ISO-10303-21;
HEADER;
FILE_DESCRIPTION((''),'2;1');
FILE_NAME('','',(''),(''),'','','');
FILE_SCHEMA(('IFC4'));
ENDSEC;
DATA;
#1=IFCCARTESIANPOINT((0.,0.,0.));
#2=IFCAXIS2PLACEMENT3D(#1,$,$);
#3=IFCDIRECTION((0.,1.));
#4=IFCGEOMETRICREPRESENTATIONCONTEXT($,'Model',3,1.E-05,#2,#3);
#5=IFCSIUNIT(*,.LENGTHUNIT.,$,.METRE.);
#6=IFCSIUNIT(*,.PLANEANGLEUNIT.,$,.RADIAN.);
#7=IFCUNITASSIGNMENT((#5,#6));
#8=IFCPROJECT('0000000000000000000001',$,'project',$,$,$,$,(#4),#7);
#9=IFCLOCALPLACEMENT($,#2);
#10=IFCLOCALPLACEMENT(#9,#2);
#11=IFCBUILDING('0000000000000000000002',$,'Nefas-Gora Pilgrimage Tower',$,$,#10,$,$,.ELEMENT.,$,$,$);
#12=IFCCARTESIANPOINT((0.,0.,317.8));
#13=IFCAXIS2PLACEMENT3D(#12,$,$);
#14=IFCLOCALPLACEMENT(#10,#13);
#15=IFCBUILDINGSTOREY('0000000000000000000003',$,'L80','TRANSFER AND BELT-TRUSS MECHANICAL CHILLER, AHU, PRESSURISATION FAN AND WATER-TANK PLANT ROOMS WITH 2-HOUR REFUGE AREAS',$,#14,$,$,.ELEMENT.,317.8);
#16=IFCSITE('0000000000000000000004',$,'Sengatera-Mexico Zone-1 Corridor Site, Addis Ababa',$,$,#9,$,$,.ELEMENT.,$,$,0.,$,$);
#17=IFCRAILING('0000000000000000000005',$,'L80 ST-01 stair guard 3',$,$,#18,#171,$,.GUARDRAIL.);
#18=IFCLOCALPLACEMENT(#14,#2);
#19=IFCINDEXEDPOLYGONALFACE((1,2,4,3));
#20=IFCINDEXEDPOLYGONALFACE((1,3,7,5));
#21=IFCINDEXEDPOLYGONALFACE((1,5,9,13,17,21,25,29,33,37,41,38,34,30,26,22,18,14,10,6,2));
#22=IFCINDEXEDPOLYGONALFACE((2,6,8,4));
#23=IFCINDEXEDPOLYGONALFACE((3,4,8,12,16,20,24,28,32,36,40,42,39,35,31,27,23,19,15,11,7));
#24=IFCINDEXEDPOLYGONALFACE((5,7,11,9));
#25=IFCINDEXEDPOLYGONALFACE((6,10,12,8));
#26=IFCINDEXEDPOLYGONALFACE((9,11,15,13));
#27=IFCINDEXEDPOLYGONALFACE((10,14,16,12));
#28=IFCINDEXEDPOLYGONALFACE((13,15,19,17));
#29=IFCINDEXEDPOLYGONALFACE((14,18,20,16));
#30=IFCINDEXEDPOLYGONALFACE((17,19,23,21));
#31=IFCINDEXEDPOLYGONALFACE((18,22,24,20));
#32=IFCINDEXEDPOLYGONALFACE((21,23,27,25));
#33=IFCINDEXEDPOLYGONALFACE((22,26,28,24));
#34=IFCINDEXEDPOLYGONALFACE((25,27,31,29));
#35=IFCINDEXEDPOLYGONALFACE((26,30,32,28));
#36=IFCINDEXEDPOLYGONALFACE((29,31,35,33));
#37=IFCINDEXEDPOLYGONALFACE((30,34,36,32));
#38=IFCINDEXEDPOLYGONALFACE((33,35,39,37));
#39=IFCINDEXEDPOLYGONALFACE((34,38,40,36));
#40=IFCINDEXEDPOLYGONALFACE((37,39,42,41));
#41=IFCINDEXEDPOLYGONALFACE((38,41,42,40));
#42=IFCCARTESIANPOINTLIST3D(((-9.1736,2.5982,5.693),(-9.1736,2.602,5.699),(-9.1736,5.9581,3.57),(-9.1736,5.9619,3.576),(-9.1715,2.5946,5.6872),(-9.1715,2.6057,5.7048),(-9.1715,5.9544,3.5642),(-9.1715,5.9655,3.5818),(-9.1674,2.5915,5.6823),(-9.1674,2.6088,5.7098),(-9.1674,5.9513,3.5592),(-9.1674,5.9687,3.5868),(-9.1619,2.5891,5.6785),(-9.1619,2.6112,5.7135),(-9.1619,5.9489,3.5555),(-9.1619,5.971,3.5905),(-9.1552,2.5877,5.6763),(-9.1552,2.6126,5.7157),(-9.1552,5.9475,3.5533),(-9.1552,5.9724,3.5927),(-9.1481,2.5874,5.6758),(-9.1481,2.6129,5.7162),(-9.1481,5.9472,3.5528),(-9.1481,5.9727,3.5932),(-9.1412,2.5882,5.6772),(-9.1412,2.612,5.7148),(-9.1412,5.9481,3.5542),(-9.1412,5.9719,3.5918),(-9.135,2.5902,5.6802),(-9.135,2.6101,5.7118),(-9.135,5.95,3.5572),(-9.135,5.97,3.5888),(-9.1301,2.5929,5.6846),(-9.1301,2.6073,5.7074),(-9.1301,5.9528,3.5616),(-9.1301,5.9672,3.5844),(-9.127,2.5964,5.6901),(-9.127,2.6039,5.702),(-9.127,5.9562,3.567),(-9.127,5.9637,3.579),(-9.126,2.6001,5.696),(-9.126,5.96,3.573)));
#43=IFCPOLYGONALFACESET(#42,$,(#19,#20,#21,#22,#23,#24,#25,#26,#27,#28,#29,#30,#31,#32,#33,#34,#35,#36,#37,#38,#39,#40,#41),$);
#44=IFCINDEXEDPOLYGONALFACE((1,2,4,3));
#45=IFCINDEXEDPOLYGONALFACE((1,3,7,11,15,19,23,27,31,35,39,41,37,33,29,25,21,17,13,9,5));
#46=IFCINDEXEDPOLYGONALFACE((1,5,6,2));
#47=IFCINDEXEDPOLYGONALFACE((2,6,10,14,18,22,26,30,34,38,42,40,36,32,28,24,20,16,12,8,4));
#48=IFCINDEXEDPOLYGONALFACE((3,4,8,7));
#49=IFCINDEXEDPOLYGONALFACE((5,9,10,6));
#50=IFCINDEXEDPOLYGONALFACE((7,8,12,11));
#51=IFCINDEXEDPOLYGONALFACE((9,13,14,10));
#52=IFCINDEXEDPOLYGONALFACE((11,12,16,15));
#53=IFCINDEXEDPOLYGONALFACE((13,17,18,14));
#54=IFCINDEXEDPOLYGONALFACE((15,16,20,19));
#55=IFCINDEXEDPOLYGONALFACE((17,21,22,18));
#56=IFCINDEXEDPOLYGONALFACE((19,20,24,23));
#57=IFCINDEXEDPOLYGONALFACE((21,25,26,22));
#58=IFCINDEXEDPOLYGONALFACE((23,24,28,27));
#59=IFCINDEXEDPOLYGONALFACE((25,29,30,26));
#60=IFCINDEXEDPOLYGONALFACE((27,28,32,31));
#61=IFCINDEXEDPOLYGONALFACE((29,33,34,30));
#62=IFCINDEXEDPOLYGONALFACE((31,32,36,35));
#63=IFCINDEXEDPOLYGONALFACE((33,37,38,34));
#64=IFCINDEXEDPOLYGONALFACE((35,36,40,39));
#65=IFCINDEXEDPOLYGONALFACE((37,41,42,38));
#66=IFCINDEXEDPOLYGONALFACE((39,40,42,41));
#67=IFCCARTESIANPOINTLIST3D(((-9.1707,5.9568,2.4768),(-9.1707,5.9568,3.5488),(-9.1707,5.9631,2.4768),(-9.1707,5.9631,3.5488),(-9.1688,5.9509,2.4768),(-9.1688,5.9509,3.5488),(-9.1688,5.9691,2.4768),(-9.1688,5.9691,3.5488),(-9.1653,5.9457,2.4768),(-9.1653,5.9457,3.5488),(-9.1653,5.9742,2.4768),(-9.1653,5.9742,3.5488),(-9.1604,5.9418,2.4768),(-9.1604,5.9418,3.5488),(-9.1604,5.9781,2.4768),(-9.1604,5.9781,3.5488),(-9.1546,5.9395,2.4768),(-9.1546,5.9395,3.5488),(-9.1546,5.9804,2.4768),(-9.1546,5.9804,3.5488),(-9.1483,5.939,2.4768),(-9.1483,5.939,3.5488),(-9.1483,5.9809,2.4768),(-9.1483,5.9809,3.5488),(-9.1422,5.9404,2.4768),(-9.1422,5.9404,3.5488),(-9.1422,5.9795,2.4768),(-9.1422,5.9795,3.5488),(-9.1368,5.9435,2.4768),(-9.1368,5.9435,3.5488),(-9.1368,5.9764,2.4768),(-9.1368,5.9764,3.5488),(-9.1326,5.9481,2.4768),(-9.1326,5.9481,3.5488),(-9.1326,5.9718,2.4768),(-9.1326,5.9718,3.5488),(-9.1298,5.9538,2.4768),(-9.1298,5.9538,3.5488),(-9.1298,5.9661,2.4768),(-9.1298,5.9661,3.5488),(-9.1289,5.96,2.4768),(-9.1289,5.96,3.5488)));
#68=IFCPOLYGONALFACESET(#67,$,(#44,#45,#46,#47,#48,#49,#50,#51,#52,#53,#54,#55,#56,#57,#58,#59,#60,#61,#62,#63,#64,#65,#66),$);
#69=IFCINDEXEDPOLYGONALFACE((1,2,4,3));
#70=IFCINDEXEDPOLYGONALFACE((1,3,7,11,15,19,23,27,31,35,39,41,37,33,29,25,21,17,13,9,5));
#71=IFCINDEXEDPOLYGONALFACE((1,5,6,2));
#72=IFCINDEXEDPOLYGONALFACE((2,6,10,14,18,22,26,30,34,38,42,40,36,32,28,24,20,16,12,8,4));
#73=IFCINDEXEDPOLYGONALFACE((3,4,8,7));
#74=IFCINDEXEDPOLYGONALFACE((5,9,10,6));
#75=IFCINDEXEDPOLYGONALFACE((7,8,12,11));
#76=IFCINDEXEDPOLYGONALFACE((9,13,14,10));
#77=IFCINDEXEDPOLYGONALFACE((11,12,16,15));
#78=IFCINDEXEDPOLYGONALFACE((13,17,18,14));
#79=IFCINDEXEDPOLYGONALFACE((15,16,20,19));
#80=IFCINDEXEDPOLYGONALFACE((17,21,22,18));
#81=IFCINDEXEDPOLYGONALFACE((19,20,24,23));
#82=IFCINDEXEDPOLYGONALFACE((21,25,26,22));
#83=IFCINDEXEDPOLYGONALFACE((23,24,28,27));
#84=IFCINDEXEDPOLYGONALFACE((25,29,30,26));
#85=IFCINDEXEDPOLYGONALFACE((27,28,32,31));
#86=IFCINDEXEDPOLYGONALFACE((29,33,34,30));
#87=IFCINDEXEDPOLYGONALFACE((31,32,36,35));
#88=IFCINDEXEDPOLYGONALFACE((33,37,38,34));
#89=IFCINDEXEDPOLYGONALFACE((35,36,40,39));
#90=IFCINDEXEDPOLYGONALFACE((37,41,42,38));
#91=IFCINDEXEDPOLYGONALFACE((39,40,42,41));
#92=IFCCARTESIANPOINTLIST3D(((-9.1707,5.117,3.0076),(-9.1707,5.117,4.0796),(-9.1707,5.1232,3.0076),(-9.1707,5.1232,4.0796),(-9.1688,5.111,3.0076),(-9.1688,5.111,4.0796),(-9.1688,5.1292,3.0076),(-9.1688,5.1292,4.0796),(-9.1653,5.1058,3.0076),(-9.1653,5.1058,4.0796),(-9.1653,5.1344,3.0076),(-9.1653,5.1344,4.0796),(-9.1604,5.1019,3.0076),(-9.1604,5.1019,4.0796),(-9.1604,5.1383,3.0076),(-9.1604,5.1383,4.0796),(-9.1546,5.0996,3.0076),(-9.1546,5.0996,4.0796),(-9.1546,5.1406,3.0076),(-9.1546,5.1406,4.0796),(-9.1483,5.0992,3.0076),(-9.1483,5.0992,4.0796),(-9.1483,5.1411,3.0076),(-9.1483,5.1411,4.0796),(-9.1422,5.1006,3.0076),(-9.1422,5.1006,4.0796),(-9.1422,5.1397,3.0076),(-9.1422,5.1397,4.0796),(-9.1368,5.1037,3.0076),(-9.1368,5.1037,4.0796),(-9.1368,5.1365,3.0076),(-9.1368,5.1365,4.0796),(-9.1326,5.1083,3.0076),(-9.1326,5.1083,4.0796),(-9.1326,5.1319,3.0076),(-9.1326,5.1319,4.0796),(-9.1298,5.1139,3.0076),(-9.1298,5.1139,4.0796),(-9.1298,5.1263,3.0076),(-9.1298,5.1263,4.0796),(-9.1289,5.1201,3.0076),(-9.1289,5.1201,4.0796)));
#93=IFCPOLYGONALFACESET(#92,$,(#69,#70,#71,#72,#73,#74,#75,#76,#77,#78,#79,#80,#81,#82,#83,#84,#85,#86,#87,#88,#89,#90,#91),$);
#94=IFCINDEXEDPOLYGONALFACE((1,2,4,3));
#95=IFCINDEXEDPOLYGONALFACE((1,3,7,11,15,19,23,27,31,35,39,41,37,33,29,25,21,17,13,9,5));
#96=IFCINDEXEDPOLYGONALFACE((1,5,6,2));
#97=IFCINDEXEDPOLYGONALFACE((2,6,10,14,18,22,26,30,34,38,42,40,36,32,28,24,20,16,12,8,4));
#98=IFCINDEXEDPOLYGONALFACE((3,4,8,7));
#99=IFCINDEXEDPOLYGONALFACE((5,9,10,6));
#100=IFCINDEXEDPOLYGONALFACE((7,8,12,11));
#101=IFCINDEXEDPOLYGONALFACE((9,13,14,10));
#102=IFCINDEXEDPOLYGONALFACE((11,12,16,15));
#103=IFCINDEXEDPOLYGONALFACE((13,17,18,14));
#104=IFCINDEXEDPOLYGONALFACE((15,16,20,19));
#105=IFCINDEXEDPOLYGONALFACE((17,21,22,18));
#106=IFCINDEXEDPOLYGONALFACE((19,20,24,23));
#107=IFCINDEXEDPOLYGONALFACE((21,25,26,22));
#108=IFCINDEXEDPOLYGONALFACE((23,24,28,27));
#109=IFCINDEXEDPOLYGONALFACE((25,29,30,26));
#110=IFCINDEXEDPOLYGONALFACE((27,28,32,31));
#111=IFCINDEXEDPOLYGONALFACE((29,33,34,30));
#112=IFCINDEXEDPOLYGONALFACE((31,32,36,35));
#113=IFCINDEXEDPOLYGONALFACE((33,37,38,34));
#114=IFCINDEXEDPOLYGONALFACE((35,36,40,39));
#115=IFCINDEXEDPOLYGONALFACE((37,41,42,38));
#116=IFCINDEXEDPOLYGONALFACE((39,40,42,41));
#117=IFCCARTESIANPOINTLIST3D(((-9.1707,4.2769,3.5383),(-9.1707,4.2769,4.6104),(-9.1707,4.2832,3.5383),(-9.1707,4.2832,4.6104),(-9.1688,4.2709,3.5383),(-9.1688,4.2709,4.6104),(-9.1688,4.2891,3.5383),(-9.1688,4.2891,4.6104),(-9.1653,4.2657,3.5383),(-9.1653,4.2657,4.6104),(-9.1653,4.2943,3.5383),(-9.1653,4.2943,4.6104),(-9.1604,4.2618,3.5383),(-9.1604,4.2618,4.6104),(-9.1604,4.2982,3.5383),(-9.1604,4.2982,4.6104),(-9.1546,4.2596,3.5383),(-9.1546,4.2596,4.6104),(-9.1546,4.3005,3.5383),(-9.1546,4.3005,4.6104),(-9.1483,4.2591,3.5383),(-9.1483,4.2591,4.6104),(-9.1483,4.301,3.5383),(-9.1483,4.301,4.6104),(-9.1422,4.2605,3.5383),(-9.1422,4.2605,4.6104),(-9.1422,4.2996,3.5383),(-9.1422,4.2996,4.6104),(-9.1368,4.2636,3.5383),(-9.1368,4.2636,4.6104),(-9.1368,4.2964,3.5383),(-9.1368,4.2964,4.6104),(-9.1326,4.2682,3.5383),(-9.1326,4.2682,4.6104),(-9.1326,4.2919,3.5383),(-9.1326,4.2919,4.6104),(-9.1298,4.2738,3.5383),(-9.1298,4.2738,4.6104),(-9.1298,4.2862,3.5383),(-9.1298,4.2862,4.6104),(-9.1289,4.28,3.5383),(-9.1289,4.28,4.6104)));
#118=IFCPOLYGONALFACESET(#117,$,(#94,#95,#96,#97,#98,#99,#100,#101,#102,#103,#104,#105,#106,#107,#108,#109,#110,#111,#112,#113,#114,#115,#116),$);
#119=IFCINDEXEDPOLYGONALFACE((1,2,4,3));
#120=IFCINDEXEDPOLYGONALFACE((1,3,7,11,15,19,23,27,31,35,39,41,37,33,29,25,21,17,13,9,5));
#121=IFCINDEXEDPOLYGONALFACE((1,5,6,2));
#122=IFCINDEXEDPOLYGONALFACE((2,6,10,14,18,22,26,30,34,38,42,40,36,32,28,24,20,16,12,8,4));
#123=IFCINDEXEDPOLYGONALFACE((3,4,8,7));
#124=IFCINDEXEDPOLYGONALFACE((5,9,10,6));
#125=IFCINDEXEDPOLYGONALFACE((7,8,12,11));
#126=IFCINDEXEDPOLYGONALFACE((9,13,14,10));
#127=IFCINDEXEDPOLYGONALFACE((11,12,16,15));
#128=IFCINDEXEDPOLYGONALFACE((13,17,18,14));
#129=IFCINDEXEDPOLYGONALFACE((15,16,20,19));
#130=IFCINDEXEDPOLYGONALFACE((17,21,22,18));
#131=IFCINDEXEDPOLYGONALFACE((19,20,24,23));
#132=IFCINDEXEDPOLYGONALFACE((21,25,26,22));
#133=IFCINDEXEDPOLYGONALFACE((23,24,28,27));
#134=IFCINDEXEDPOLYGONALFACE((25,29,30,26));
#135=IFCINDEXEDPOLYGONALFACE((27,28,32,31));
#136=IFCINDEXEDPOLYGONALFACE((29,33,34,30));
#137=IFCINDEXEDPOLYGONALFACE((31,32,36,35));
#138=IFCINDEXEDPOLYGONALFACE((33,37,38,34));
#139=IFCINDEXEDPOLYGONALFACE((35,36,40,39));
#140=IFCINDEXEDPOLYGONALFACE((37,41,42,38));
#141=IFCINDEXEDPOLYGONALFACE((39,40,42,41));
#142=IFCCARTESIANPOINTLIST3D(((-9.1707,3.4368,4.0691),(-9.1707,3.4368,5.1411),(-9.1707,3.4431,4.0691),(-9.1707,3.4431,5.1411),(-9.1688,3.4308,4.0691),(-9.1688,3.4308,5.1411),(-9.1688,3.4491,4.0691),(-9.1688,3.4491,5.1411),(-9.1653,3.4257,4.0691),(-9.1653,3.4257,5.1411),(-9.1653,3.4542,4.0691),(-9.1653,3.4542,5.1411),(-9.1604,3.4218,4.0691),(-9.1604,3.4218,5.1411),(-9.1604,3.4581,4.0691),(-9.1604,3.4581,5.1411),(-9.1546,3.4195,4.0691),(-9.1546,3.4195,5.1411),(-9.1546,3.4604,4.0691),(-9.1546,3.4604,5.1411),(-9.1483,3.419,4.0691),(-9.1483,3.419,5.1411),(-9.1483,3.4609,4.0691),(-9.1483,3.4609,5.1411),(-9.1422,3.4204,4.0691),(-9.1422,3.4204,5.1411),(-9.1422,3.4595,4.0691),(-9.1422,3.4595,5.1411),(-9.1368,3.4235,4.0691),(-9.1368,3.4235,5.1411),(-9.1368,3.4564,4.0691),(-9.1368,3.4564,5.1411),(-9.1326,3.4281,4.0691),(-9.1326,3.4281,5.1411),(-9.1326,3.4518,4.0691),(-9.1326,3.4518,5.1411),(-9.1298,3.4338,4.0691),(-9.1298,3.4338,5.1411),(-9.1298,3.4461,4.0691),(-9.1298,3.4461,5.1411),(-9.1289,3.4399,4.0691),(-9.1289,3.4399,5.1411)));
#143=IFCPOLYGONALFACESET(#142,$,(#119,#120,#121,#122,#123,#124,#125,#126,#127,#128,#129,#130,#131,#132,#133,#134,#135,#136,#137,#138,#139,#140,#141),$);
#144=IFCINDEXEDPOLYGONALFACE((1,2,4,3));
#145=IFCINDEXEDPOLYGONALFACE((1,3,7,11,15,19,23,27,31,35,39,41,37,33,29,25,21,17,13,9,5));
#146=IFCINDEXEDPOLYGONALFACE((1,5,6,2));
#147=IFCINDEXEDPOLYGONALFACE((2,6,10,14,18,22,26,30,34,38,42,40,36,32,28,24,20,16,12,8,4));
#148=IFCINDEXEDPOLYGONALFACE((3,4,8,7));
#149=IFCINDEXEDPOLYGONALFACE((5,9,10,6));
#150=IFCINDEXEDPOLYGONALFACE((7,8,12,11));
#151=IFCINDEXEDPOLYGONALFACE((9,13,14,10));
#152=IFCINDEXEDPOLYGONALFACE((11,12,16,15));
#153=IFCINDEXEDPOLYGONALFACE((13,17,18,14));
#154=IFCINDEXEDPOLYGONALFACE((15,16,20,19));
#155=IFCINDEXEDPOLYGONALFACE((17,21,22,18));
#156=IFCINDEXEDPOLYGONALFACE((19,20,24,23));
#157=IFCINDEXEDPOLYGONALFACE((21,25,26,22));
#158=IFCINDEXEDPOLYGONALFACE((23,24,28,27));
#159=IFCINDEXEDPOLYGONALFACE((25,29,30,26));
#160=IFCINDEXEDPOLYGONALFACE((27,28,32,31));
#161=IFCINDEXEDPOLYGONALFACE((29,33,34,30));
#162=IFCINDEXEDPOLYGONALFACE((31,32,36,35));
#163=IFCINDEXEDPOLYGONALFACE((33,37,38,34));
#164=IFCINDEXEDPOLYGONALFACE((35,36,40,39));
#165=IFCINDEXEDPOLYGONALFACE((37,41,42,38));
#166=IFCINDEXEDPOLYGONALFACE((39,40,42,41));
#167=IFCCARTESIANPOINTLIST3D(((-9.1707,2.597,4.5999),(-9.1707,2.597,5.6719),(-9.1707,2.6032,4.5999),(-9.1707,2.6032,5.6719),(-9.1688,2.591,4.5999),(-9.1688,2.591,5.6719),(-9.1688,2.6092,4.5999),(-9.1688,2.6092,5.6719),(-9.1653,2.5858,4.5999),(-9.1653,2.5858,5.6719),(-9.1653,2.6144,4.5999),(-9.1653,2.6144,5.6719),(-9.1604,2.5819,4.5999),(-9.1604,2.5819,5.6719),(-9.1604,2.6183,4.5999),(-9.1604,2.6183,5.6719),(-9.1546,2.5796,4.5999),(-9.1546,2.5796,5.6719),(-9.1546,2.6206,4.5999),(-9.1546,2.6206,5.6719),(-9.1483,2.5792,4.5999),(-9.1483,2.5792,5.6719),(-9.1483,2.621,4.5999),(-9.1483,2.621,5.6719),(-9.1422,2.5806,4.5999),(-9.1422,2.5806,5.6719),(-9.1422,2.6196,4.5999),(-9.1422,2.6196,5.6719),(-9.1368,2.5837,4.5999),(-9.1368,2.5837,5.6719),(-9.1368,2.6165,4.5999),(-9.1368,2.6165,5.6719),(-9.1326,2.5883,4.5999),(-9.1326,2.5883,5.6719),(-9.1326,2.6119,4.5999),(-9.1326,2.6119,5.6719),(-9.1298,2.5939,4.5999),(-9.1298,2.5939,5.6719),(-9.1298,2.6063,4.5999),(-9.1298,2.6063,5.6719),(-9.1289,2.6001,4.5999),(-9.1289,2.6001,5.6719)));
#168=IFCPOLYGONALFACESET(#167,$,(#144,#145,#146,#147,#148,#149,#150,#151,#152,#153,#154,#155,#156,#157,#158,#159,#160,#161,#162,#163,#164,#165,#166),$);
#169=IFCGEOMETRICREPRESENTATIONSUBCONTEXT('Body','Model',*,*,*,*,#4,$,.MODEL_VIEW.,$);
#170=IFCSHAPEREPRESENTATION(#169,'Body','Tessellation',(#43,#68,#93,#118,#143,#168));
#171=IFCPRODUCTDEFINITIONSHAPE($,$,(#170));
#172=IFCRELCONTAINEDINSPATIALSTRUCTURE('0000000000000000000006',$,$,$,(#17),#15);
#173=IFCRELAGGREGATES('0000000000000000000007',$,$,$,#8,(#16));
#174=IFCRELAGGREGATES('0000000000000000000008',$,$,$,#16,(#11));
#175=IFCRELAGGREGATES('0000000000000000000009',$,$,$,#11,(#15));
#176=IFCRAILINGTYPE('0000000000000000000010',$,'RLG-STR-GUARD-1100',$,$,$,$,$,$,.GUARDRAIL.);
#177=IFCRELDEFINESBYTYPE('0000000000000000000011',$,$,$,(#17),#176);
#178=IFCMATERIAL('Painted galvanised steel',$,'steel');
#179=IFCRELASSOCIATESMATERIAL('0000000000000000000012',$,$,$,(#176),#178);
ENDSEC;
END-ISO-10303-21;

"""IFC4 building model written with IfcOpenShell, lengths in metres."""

from ifc_helpers import new_model, si_unit, direction, frame, origin, origin_2d, place, context, subcontext, project, spatial, circle, extrude, material, type_object, element, save


model = new_model("IFC4")

# Units and contexts
model_context = context("Model", 3, precision=1e-05, world=origin(), true_north=direction((0.0, 1.0)))
body_context = subcontext(model_context, "Body", "Model", "MODEL_VIEW")
ifc_project = project(units=[si_unit("LENGTHUNIT", "METRE"), si_unit("PLANEANGLEUNIT", "RADIAN")], contexts=[model_context])

# Site, building, storey
site_placement = place(None, origin())
site = spatial("IfcSite", under=ifc_project, at=site_placement, Name="Sengatera-Mexico Zone-1 Corridor Site, Addis Ababa", CompositionType="ELEMENT", RefElevation=0.0)
building_placement = place(site_placement, origin())
building = spatial("IfcBuilding", under=site, at=building_placement, Name="Nefas-Gora Pilgrimage Tower", CompositionType="ELEMENT")
storey_placement = place(building_placement, frame((0.0, 0.0, 317.8)))
storey = spatial("IfcBuildingStorey", under=building, at=storey_placement, Name="L80", Description="TRANSFER AND BELT-TRUSS MECHANICAL CHILLER, AHU, PRESSURISATION FAN AND WATER-TANK PLANT ROOMS WITH 2-HOUR REFUGE AREAS", CompositionType="ELEMENT", Elevation=317.8)

# Railing
ifc_material_1 = material(Name="Painted galvanised steel", Category="steel")
railing_type_1 = type_object("IfcRailingType", Name="RLG-STR-GUARD-1100", PredefinedType="GUARDRAIL", material=ifc_material_1)
railing_1_placement = place(storey_placement, frame((-9.1499, 5.96, 2.4768)))
element("IfcRailing", 1, at=railing_1_placement, inside=storey, type_object=railing_type_1, Name="L80 ST-01 stair guard 3", PredefinedType="GUARDRAIL", context=body_context, shape_type="SweptSolid", body=[
    extrude(circle(Radius=0.0239, at=origin_2d()), frame((0.0, 0.0, 1.0962), z_axis=(0.0, -0.845372, 0.534178), x_axis=(1.0, 0.0, 0.0)), (0.0, 0.0, 1.0), 3.9744),
    extrude(circle(Radius=0.021, at=origin_2d()), origin(), (0.0, 0.0, 1.0), 1.072),
    extrude(circle(Radius=0.021, at=origin_2d()), frame((0.0, -0.8398, 0.5308)), (0.0, 0.0, 1.0), 1.072),
    extrude(circle(Radius=0.021, at=origin_2d()), frame((0.0, -1.6799, 1.0615)), (0.0, 0.0, 1.0), 1.072),
    extrude(circle(Radius=0.021, at=origin_2d()), frame((0.0, -2.52, 1.5923)), (0.0, 0.0, 1.0), 1.072),
    extrude(circle(Radius=0.021, at=origin_2d()), frame((0.0, -3.3599, 2.123)), (0.0, 0.0, 1.0), 1.072),
])

save(model, "model.ifc")
